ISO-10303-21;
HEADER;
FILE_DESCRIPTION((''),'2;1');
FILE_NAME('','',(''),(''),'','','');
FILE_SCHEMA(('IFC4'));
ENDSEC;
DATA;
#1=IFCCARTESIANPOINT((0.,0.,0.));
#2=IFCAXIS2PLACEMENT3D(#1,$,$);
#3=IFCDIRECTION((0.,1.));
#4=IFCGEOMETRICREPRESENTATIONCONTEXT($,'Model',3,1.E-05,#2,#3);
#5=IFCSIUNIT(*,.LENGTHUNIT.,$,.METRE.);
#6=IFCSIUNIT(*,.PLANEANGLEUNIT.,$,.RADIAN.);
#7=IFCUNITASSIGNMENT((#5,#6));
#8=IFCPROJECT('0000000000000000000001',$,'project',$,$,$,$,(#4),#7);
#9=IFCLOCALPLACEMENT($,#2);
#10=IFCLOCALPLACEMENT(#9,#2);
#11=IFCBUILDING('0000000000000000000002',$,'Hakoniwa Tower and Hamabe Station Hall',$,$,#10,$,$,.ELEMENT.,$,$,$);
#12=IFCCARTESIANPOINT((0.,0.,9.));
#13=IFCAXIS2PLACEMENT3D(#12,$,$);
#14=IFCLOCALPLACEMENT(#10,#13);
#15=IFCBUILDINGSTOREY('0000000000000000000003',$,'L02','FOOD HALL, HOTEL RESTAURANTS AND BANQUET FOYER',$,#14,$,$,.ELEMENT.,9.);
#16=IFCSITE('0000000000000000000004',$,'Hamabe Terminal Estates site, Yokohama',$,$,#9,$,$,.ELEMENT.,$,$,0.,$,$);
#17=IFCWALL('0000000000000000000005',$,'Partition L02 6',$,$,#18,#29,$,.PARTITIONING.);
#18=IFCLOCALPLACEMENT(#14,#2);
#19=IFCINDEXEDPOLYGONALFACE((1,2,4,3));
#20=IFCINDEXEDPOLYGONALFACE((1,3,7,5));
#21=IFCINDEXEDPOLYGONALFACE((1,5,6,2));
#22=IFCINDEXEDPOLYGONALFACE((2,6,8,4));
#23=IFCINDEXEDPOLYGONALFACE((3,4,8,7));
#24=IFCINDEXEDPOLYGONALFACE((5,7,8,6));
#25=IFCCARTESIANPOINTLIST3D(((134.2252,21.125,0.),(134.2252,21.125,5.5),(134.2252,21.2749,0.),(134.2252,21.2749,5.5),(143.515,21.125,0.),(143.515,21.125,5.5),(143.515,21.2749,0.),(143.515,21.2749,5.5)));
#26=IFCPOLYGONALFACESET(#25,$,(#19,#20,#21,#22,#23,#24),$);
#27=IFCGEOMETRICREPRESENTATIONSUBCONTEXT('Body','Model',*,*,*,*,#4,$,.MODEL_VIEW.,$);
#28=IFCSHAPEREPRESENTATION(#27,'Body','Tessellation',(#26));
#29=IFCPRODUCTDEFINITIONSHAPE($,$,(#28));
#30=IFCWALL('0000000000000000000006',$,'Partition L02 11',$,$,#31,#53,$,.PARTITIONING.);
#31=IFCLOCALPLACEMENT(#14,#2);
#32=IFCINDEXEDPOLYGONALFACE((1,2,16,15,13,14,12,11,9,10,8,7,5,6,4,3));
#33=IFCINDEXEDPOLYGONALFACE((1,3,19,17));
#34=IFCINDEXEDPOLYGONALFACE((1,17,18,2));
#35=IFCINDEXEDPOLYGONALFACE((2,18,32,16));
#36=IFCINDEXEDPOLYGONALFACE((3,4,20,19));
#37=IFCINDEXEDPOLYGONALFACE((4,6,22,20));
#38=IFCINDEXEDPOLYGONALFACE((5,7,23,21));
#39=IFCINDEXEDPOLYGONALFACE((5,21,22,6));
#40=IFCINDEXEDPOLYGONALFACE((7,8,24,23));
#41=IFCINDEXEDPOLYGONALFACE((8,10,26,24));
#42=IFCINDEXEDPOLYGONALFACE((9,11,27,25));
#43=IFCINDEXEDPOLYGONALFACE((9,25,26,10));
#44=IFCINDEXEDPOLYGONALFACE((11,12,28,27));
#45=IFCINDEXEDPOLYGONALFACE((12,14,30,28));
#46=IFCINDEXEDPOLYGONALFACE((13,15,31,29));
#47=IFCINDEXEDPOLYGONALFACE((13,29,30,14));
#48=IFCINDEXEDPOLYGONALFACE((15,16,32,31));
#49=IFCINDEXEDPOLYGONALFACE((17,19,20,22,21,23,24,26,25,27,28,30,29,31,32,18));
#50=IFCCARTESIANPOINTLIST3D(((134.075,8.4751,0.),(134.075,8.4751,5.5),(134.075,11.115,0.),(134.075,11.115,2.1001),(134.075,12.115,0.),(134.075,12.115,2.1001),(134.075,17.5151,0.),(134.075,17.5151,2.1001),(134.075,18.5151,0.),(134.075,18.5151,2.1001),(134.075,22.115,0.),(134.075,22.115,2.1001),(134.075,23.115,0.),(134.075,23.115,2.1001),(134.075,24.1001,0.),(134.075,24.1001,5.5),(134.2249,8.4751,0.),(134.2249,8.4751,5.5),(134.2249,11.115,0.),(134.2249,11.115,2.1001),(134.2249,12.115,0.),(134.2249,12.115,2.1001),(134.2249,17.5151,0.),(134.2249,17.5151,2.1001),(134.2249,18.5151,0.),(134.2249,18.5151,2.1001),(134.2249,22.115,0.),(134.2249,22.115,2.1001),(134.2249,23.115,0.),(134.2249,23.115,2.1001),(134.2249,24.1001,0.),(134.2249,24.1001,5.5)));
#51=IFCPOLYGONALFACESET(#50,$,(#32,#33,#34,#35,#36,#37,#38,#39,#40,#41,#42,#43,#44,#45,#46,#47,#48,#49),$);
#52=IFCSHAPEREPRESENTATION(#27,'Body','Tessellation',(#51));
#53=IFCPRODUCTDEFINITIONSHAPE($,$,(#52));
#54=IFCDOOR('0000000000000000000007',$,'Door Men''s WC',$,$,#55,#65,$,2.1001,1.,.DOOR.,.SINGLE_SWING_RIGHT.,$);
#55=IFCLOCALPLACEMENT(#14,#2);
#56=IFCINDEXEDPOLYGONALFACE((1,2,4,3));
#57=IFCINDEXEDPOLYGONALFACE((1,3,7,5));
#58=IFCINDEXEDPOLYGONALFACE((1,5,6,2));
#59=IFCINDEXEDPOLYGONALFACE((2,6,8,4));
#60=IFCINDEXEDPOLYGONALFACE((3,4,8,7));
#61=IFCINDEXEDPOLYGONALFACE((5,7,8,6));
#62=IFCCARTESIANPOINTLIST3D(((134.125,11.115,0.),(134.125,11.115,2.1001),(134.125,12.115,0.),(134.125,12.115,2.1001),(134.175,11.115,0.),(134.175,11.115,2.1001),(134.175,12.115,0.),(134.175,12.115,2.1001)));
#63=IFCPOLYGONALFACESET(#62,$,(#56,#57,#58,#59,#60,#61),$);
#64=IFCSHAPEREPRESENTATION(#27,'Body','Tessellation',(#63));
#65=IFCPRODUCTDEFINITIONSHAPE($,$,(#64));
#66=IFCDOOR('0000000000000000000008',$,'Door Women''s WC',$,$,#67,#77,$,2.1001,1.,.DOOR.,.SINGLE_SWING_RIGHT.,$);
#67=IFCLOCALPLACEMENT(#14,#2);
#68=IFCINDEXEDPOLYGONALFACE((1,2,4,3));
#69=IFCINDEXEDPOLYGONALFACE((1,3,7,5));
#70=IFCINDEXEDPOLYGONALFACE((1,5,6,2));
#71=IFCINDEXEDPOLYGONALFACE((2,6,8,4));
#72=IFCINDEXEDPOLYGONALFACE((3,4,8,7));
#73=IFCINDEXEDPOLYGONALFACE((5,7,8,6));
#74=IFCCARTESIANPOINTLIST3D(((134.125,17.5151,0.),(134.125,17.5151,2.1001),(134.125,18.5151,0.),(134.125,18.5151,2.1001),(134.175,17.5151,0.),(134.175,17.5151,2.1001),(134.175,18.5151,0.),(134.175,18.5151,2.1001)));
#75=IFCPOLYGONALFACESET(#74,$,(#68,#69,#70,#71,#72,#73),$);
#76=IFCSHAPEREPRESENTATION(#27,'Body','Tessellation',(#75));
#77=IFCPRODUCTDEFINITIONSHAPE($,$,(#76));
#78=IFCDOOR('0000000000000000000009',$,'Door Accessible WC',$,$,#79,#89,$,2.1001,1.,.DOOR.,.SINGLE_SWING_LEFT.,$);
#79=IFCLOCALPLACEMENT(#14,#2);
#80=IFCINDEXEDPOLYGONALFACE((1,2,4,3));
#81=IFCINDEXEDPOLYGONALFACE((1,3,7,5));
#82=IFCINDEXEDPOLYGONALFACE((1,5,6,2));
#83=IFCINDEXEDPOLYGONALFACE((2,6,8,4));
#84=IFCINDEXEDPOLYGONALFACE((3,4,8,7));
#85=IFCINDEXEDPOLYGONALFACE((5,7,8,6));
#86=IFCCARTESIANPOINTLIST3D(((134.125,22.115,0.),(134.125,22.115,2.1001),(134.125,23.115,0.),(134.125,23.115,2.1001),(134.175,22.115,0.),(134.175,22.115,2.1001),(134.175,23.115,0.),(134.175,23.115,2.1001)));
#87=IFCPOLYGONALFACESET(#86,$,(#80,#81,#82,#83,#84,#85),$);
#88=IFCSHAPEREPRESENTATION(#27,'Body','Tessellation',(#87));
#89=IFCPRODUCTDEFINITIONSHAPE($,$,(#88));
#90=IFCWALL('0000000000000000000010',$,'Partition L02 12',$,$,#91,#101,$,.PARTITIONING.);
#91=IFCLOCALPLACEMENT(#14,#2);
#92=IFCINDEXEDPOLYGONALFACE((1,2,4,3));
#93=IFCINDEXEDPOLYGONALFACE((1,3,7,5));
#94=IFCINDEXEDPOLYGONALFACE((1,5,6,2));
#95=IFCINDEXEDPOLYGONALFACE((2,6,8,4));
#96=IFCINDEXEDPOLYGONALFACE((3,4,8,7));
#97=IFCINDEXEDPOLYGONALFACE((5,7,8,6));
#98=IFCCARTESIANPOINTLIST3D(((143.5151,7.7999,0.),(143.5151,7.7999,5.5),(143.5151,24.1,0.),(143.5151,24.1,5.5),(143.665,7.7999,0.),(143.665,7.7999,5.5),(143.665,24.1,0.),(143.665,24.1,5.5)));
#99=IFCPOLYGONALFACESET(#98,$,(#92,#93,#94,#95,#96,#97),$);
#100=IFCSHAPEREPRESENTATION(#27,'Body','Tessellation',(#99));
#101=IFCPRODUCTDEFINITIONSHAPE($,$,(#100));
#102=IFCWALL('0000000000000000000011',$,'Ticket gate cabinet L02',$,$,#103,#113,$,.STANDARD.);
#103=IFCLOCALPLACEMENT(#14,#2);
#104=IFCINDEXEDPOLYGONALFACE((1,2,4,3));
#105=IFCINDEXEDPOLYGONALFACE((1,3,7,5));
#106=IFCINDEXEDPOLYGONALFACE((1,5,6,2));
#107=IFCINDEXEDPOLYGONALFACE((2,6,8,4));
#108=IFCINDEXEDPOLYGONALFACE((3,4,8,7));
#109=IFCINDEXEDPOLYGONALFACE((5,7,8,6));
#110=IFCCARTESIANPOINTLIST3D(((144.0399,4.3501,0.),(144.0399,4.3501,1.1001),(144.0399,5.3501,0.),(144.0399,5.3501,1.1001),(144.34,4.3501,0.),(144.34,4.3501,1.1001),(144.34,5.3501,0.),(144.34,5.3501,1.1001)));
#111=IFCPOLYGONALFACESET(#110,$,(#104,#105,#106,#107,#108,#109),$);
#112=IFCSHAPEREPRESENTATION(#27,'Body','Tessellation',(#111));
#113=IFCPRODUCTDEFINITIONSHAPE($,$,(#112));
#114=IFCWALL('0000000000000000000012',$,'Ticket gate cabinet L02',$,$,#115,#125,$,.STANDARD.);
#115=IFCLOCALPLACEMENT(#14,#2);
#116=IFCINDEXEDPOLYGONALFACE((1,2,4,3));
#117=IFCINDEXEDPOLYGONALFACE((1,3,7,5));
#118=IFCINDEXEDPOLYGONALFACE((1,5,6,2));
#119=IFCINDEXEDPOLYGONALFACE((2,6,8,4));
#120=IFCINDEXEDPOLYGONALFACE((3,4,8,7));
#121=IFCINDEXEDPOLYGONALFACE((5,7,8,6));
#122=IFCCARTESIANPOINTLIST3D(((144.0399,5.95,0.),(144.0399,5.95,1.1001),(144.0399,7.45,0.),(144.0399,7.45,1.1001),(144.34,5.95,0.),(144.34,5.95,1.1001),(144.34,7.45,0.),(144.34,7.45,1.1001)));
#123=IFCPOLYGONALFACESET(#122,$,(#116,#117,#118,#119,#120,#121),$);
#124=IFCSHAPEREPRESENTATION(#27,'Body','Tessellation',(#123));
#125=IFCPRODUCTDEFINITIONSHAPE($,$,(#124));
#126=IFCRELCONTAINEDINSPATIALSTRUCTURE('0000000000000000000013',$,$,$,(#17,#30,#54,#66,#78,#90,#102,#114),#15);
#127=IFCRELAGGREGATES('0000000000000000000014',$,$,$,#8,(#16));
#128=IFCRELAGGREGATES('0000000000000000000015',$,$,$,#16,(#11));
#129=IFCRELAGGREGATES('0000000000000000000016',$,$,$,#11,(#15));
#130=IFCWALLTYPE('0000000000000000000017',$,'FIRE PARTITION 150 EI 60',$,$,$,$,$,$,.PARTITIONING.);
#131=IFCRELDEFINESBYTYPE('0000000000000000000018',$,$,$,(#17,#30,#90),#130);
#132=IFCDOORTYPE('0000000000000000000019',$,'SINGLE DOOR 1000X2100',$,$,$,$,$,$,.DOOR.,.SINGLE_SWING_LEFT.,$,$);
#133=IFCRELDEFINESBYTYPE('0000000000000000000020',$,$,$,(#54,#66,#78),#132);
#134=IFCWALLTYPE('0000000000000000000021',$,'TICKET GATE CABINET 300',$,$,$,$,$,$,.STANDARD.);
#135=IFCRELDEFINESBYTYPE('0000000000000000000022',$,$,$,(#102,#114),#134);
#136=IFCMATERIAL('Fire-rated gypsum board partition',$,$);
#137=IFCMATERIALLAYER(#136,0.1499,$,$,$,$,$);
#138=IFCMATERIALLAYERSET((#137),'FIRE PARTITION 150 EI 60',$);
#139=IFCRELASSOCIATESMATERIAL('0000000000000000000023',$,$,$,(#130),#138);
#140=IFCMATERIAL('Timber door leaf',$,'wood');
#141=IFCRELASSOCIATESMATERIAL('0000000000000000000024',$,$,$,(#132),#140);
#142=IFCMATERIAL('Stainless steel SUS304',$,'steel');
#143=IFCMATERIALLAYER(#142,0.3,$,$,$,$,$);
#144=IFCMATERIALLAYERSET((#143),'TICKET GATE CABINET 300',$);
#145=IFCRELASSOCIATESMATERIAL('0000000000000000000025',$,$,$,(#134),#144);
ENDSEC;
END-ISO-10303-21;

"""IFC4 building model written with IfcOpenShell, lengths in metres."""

from ifc_helpers import new_model, si_unit, direction, frame, frame_2d, origin, place, context, subcontext, project, spatial, rectangle, extrude, material, layer, layer_set, type_object, element, fill, save


model = new_model("IFC4")

# Units and contexts
model_context = context("Model", 3, precision=1e-05, world=origin(), true_north=direction((0.0, 1.0)))
body_context = subcontext(model_context, "Body", "Model", "MODEL_VIEW")
ifc_project = project(units=[si_unit("LENGTHUNIT", "METRE"), si_unit("PLANEANGLEUNIT", "RADIAN")], contexts=[model_context])

# Site, building, storey
site_placement = place(None, origin())
site = spatial("IfcSite", under=ifc_project, at=site_placement, Name="Hamabe Terminal Estates site, Yokohama", CompositionType="ELEMENT", RefElevation=0.0)
building_placement = place(site_placement, origin())
building = spatial("IfcBuilding", under=site, at=building_placement, Name="Hakoniwa Tower and Hamabe Station Hall", CompositionType="ELEMENT")
storey_placement = place(building_placement, frame((0.0, 0.0, 9.0)))
storey = spatial("IfcBuildingStorey", under=building, at=storey_placement, Name="L02", Description="FOOD HALL, HOTEL RESTAURANTS AND BANQUET FOYER", CompositionType="ELEMENT", Elevation=9.0)

# Shared definitions
ifc_material_1 = material(Name="Fire-rated gypsum board partition")
ifc_layer_1 = layer(ifc_material_1, 0.1499)
ifc_layer_set_1 = layer_set([ifc_layer_1], Name="FIRE PARTITION 150 EI 60")
wall_type_1 = type_object("IfcWallType", Name="FIRE PARTITION 150 EI 60", PredefinedType="PARTITIONING", material=ifc_layer_set_1)
ifc_material_2 = material(Name="Timber door leaf", Category="wood")
door_type = type_object("IfcDoorType", Name="SINGLE DOOR 1000X2100", OperationType="SINGLE_SWING_LEFT", PredefinedType="DOOR", material=ifc_material_2)

# Wall
for number, where, z_axis, x_axis, name in (
    (1, (134.2251, 21.2, 0.0), (0.0, 0.0, 1.0), (1.0, 0.0, 0.0), "Partition L02 6"),
):
    element("IfcWall", number, at=place(storey_placement, frame(where, z_axis=z_axis, x_axis=x_axis)), inside=storey, type_object=wall_type_1, Name=name, PredefinedType="PARTITIONING", context=body_context, shape_type="SweptSolid", body=[
        extrude(rectangle(XDim=9.2898, YDim=0.1499, at=frame_2d((4.645, 0.0))), origin(), (0.0, 0.0, 1.0), 5.5),
    ])

# Wall, openings, doors
wall_1_placement = place(storey_placement, frame((134.1499, 8.4751, 0.0), z_axis=(0.0, 0.0, 1.0), x_axis=(0.0, 1.0, 0.0)))
wall_1 = element("IfcWall", 2, at=wall_1_placement, inside=storey, type_object=wall_type_1, Name="Partition L02 11", PredefinedType="PARTITIONING", context=body_context, shape_type="SweptSolid", body=[
    extrude(rectangle(XDim=15.625, YDim=0.1499, at=frame_2d((7.8125, 0.0))), origin(), (0.0, 0.0, 1.0), 5.5),
])
opening_1_placement = place(wall_1_placement, frame((2.6399, 0.0, 0.0)))
opening_1 = element("IfcOpeningElement", 3, at=opening_1_placement, cuts=wall_1, PredefinedType="OPENING", context=body_context, shape_type="SweptSolid", body=[
    extrude(rectangle(XDim=1.0, YDim=2.1001, at=frame_2d((0.5, 1.05))), frame((0.0, 0.085, 0.0), z_axis=(0.0, -1.0, 0.0), x_axis=(1.0, 0.0, 0.0)), (0.0, 0.0, 1.0), 0.1699),
])
opening_2_placement = place(wall_1_placement, frame((9.04, 0.0, 0.0)))
opening_2 = element("IfcOpeningElement", 4, at=opening_2_placement, cuts=wall_1, PredefinedType="OPENING", context=body_context, shape_type="SweptSolid", body=[
    extrude(rectangle(XDim=1.0, YDim=2.1001, at=frame_2d((0.5, 1.05))), frame((0.0, 0.085, 0.0), z_axis=(0.0, -1.0, 0.0), x_axis=(1.0, 0.0, 0.0)), (0.0, 0.0, 1.0), 0.1699),
])
opening_3_placement = place(wall_1_placement, frame((13.6399, 0.0, 0.0)))
opening_3 = element("IfcOpeningElement", 5, at=opening_3_placement, cuts=wall_1, PredefinedType="OPENING", context=body_context, shape_type="SweptSolid", body=[
    extrude(rectangle(XDim=1.0, YDim=2.1001, at=frame_2d((0.5, 1.05))), frame((0.0, 0.085, 0.0), z_axis=(0.0, -1.0, 0.0), x_axis=(1.0, 0.0, 0.0)), (0.0, 0.0, 1.0), 0.1699),
])
door_1_placement = place(opening_1_placement, origin())
door_1 = element("IfcDoor", 6, at=door_1_placement, inside=storey, type_object=door_type, Name="Door Men's WC", OperationType="SINGLE_SWING_RIGHT", OverallHeight=2.1001, OverallWidth=1.0, PredefinedType="DOOR", context=body_context, shape_type="SweptSolid", body=[
    extrude(rectangle(XDim=1.0, YDim=2.1001, at=frame_2d((0.5, 1.05))), frame((0.0, 0.0249, 0.0), z_axis=(0.0, -1.0, 0.0), x_axis=(1.0, 0.0, 0.0)), (0.0, 0.0, 1.0), 0.05),
])
fill(opening_1, door_1)
door_2_placement = place(opening_2_placement, origin())
door_2 = element("IfcDoor", 7, at=door_2_placement, inside=storey, type_object=door_type, Name="Door Women's WC", OperationType="SINGLE_SWING_RIGHT", OverallHeight=2.1001, OverallWidth=1.0, PredefinedType="DOOR", context=body_context, shape_type="SweptSolid", body=[
    extrude(rectangle(XDim=1.0, YDim=2.1001, at=frame_2d((0.5, 1.05))), frame((0.0, 0.0249, 0.0), z_axis=(0.0, -1.0, 0.0), x_axis=(1.0, 0.0, 0.0)), (0.0, 0.0, 1.0), 0.05),
])
fill(opening_2, door_2)
door_3_placement = place(opening_3_placement, origin())
door_3 = element("IfcDoor", 8, at=door_3_placement, inside=storey, type_object=door_type, Name="Door Accessible WC", OperationType="SINGLE_SWING_LEFT", OverallHeight=2.1001, OverallWidth=1.0, PredefinedType="DOOR", context=body_context, shape_type="SweptSolid", body=[
    extrude(rectangle(XDim=1.0, YDim=2.1001, at=frame_2d((0.5, 1.05))), frame((0.0, 0.0249, 0.0), z_axis=(0.0, -1.0, 0.0), x_axis=(1.0, 0.0, 0.0)), (0.0, 0.0, 1.0), 0.05),
])
fill(opening_3, door_3)

# Walls
wall_2_placement = place(storey_placement, frame((143.5901, 7.8, 0.0), z_axis=(0.0, 0.0, 1.0), x_axis=(0.0, 1.0, 0.0)))
element("IfcWall", 9, at=wall_2_placement, inside=storey, type_object=wall_type_1, Name="Partition L02 12", PredefinedType="PARTITIONING", context=body_context, shape_type="SweptSolid", body=[
    extrude(rectangle(XDim=16.3, YDim=0.1499, at=frame_2d((8.1499, 0.0))), origin(), (0.0, 0.0, 1.0), 5.5),
])
ifc_material_3 = material(Name="Stainless steel SUS304", Category="steel")
ifc_layer_2 = layer(ifc_material_3, 0.3)
ifc_layer_set_2 = layer_set([ifc_layer_2], Name="TICKET GATE CABINET 300")
wall_type_2 = type_object("IfcWallType", Name="TICKET GATE CABINET 300", PredefinedType="STANDARD", material=ifc_layer_set_2)
wall_3_placement = place(storey_placement, frame((144.1899, 4.3501, 0.0), z_axis=(0.0, 0.0, 1.0), x_axis=(0.0, 1.0, 0.0)))
element("IfcWall", 10, at=wall_3_placement, inside=storey, type_object=wall_type_2, Name="Ticket gate cabinet L02", PredefinedType="STANDARD", context=body_context, shape_type="SweptSolid", body=[
    extrude(rectangle(XDim=1.0, YDim=0.3, at=frame_2d((0.5, 0.0))), origin(), (0.0, 0.0, 1.0), 1.1001),
])
wall_4_placement = place(storey_placement, frame((144.1899, 5.95, 0.0), z_axis=(0.0, 0.0, 1.0), x_axis=(0.0, 1.0, 0.0)))
element("IfcWall", 11, at=wall_4_placement, inside=storey, type_object=wall_type_2, Name="Ticket gate cabinet L02", PredefinedType="STANDARD", context=body_context, shape_type="SweptSolid", body=[
    extrude(rectangle(XDim=1.5, YDim=0.3, at=frame_2d((0.75, 0.0))), origin(), (0.0, 0.0, 1.0), 1.1001),
])

save(model, "model.ifc")
